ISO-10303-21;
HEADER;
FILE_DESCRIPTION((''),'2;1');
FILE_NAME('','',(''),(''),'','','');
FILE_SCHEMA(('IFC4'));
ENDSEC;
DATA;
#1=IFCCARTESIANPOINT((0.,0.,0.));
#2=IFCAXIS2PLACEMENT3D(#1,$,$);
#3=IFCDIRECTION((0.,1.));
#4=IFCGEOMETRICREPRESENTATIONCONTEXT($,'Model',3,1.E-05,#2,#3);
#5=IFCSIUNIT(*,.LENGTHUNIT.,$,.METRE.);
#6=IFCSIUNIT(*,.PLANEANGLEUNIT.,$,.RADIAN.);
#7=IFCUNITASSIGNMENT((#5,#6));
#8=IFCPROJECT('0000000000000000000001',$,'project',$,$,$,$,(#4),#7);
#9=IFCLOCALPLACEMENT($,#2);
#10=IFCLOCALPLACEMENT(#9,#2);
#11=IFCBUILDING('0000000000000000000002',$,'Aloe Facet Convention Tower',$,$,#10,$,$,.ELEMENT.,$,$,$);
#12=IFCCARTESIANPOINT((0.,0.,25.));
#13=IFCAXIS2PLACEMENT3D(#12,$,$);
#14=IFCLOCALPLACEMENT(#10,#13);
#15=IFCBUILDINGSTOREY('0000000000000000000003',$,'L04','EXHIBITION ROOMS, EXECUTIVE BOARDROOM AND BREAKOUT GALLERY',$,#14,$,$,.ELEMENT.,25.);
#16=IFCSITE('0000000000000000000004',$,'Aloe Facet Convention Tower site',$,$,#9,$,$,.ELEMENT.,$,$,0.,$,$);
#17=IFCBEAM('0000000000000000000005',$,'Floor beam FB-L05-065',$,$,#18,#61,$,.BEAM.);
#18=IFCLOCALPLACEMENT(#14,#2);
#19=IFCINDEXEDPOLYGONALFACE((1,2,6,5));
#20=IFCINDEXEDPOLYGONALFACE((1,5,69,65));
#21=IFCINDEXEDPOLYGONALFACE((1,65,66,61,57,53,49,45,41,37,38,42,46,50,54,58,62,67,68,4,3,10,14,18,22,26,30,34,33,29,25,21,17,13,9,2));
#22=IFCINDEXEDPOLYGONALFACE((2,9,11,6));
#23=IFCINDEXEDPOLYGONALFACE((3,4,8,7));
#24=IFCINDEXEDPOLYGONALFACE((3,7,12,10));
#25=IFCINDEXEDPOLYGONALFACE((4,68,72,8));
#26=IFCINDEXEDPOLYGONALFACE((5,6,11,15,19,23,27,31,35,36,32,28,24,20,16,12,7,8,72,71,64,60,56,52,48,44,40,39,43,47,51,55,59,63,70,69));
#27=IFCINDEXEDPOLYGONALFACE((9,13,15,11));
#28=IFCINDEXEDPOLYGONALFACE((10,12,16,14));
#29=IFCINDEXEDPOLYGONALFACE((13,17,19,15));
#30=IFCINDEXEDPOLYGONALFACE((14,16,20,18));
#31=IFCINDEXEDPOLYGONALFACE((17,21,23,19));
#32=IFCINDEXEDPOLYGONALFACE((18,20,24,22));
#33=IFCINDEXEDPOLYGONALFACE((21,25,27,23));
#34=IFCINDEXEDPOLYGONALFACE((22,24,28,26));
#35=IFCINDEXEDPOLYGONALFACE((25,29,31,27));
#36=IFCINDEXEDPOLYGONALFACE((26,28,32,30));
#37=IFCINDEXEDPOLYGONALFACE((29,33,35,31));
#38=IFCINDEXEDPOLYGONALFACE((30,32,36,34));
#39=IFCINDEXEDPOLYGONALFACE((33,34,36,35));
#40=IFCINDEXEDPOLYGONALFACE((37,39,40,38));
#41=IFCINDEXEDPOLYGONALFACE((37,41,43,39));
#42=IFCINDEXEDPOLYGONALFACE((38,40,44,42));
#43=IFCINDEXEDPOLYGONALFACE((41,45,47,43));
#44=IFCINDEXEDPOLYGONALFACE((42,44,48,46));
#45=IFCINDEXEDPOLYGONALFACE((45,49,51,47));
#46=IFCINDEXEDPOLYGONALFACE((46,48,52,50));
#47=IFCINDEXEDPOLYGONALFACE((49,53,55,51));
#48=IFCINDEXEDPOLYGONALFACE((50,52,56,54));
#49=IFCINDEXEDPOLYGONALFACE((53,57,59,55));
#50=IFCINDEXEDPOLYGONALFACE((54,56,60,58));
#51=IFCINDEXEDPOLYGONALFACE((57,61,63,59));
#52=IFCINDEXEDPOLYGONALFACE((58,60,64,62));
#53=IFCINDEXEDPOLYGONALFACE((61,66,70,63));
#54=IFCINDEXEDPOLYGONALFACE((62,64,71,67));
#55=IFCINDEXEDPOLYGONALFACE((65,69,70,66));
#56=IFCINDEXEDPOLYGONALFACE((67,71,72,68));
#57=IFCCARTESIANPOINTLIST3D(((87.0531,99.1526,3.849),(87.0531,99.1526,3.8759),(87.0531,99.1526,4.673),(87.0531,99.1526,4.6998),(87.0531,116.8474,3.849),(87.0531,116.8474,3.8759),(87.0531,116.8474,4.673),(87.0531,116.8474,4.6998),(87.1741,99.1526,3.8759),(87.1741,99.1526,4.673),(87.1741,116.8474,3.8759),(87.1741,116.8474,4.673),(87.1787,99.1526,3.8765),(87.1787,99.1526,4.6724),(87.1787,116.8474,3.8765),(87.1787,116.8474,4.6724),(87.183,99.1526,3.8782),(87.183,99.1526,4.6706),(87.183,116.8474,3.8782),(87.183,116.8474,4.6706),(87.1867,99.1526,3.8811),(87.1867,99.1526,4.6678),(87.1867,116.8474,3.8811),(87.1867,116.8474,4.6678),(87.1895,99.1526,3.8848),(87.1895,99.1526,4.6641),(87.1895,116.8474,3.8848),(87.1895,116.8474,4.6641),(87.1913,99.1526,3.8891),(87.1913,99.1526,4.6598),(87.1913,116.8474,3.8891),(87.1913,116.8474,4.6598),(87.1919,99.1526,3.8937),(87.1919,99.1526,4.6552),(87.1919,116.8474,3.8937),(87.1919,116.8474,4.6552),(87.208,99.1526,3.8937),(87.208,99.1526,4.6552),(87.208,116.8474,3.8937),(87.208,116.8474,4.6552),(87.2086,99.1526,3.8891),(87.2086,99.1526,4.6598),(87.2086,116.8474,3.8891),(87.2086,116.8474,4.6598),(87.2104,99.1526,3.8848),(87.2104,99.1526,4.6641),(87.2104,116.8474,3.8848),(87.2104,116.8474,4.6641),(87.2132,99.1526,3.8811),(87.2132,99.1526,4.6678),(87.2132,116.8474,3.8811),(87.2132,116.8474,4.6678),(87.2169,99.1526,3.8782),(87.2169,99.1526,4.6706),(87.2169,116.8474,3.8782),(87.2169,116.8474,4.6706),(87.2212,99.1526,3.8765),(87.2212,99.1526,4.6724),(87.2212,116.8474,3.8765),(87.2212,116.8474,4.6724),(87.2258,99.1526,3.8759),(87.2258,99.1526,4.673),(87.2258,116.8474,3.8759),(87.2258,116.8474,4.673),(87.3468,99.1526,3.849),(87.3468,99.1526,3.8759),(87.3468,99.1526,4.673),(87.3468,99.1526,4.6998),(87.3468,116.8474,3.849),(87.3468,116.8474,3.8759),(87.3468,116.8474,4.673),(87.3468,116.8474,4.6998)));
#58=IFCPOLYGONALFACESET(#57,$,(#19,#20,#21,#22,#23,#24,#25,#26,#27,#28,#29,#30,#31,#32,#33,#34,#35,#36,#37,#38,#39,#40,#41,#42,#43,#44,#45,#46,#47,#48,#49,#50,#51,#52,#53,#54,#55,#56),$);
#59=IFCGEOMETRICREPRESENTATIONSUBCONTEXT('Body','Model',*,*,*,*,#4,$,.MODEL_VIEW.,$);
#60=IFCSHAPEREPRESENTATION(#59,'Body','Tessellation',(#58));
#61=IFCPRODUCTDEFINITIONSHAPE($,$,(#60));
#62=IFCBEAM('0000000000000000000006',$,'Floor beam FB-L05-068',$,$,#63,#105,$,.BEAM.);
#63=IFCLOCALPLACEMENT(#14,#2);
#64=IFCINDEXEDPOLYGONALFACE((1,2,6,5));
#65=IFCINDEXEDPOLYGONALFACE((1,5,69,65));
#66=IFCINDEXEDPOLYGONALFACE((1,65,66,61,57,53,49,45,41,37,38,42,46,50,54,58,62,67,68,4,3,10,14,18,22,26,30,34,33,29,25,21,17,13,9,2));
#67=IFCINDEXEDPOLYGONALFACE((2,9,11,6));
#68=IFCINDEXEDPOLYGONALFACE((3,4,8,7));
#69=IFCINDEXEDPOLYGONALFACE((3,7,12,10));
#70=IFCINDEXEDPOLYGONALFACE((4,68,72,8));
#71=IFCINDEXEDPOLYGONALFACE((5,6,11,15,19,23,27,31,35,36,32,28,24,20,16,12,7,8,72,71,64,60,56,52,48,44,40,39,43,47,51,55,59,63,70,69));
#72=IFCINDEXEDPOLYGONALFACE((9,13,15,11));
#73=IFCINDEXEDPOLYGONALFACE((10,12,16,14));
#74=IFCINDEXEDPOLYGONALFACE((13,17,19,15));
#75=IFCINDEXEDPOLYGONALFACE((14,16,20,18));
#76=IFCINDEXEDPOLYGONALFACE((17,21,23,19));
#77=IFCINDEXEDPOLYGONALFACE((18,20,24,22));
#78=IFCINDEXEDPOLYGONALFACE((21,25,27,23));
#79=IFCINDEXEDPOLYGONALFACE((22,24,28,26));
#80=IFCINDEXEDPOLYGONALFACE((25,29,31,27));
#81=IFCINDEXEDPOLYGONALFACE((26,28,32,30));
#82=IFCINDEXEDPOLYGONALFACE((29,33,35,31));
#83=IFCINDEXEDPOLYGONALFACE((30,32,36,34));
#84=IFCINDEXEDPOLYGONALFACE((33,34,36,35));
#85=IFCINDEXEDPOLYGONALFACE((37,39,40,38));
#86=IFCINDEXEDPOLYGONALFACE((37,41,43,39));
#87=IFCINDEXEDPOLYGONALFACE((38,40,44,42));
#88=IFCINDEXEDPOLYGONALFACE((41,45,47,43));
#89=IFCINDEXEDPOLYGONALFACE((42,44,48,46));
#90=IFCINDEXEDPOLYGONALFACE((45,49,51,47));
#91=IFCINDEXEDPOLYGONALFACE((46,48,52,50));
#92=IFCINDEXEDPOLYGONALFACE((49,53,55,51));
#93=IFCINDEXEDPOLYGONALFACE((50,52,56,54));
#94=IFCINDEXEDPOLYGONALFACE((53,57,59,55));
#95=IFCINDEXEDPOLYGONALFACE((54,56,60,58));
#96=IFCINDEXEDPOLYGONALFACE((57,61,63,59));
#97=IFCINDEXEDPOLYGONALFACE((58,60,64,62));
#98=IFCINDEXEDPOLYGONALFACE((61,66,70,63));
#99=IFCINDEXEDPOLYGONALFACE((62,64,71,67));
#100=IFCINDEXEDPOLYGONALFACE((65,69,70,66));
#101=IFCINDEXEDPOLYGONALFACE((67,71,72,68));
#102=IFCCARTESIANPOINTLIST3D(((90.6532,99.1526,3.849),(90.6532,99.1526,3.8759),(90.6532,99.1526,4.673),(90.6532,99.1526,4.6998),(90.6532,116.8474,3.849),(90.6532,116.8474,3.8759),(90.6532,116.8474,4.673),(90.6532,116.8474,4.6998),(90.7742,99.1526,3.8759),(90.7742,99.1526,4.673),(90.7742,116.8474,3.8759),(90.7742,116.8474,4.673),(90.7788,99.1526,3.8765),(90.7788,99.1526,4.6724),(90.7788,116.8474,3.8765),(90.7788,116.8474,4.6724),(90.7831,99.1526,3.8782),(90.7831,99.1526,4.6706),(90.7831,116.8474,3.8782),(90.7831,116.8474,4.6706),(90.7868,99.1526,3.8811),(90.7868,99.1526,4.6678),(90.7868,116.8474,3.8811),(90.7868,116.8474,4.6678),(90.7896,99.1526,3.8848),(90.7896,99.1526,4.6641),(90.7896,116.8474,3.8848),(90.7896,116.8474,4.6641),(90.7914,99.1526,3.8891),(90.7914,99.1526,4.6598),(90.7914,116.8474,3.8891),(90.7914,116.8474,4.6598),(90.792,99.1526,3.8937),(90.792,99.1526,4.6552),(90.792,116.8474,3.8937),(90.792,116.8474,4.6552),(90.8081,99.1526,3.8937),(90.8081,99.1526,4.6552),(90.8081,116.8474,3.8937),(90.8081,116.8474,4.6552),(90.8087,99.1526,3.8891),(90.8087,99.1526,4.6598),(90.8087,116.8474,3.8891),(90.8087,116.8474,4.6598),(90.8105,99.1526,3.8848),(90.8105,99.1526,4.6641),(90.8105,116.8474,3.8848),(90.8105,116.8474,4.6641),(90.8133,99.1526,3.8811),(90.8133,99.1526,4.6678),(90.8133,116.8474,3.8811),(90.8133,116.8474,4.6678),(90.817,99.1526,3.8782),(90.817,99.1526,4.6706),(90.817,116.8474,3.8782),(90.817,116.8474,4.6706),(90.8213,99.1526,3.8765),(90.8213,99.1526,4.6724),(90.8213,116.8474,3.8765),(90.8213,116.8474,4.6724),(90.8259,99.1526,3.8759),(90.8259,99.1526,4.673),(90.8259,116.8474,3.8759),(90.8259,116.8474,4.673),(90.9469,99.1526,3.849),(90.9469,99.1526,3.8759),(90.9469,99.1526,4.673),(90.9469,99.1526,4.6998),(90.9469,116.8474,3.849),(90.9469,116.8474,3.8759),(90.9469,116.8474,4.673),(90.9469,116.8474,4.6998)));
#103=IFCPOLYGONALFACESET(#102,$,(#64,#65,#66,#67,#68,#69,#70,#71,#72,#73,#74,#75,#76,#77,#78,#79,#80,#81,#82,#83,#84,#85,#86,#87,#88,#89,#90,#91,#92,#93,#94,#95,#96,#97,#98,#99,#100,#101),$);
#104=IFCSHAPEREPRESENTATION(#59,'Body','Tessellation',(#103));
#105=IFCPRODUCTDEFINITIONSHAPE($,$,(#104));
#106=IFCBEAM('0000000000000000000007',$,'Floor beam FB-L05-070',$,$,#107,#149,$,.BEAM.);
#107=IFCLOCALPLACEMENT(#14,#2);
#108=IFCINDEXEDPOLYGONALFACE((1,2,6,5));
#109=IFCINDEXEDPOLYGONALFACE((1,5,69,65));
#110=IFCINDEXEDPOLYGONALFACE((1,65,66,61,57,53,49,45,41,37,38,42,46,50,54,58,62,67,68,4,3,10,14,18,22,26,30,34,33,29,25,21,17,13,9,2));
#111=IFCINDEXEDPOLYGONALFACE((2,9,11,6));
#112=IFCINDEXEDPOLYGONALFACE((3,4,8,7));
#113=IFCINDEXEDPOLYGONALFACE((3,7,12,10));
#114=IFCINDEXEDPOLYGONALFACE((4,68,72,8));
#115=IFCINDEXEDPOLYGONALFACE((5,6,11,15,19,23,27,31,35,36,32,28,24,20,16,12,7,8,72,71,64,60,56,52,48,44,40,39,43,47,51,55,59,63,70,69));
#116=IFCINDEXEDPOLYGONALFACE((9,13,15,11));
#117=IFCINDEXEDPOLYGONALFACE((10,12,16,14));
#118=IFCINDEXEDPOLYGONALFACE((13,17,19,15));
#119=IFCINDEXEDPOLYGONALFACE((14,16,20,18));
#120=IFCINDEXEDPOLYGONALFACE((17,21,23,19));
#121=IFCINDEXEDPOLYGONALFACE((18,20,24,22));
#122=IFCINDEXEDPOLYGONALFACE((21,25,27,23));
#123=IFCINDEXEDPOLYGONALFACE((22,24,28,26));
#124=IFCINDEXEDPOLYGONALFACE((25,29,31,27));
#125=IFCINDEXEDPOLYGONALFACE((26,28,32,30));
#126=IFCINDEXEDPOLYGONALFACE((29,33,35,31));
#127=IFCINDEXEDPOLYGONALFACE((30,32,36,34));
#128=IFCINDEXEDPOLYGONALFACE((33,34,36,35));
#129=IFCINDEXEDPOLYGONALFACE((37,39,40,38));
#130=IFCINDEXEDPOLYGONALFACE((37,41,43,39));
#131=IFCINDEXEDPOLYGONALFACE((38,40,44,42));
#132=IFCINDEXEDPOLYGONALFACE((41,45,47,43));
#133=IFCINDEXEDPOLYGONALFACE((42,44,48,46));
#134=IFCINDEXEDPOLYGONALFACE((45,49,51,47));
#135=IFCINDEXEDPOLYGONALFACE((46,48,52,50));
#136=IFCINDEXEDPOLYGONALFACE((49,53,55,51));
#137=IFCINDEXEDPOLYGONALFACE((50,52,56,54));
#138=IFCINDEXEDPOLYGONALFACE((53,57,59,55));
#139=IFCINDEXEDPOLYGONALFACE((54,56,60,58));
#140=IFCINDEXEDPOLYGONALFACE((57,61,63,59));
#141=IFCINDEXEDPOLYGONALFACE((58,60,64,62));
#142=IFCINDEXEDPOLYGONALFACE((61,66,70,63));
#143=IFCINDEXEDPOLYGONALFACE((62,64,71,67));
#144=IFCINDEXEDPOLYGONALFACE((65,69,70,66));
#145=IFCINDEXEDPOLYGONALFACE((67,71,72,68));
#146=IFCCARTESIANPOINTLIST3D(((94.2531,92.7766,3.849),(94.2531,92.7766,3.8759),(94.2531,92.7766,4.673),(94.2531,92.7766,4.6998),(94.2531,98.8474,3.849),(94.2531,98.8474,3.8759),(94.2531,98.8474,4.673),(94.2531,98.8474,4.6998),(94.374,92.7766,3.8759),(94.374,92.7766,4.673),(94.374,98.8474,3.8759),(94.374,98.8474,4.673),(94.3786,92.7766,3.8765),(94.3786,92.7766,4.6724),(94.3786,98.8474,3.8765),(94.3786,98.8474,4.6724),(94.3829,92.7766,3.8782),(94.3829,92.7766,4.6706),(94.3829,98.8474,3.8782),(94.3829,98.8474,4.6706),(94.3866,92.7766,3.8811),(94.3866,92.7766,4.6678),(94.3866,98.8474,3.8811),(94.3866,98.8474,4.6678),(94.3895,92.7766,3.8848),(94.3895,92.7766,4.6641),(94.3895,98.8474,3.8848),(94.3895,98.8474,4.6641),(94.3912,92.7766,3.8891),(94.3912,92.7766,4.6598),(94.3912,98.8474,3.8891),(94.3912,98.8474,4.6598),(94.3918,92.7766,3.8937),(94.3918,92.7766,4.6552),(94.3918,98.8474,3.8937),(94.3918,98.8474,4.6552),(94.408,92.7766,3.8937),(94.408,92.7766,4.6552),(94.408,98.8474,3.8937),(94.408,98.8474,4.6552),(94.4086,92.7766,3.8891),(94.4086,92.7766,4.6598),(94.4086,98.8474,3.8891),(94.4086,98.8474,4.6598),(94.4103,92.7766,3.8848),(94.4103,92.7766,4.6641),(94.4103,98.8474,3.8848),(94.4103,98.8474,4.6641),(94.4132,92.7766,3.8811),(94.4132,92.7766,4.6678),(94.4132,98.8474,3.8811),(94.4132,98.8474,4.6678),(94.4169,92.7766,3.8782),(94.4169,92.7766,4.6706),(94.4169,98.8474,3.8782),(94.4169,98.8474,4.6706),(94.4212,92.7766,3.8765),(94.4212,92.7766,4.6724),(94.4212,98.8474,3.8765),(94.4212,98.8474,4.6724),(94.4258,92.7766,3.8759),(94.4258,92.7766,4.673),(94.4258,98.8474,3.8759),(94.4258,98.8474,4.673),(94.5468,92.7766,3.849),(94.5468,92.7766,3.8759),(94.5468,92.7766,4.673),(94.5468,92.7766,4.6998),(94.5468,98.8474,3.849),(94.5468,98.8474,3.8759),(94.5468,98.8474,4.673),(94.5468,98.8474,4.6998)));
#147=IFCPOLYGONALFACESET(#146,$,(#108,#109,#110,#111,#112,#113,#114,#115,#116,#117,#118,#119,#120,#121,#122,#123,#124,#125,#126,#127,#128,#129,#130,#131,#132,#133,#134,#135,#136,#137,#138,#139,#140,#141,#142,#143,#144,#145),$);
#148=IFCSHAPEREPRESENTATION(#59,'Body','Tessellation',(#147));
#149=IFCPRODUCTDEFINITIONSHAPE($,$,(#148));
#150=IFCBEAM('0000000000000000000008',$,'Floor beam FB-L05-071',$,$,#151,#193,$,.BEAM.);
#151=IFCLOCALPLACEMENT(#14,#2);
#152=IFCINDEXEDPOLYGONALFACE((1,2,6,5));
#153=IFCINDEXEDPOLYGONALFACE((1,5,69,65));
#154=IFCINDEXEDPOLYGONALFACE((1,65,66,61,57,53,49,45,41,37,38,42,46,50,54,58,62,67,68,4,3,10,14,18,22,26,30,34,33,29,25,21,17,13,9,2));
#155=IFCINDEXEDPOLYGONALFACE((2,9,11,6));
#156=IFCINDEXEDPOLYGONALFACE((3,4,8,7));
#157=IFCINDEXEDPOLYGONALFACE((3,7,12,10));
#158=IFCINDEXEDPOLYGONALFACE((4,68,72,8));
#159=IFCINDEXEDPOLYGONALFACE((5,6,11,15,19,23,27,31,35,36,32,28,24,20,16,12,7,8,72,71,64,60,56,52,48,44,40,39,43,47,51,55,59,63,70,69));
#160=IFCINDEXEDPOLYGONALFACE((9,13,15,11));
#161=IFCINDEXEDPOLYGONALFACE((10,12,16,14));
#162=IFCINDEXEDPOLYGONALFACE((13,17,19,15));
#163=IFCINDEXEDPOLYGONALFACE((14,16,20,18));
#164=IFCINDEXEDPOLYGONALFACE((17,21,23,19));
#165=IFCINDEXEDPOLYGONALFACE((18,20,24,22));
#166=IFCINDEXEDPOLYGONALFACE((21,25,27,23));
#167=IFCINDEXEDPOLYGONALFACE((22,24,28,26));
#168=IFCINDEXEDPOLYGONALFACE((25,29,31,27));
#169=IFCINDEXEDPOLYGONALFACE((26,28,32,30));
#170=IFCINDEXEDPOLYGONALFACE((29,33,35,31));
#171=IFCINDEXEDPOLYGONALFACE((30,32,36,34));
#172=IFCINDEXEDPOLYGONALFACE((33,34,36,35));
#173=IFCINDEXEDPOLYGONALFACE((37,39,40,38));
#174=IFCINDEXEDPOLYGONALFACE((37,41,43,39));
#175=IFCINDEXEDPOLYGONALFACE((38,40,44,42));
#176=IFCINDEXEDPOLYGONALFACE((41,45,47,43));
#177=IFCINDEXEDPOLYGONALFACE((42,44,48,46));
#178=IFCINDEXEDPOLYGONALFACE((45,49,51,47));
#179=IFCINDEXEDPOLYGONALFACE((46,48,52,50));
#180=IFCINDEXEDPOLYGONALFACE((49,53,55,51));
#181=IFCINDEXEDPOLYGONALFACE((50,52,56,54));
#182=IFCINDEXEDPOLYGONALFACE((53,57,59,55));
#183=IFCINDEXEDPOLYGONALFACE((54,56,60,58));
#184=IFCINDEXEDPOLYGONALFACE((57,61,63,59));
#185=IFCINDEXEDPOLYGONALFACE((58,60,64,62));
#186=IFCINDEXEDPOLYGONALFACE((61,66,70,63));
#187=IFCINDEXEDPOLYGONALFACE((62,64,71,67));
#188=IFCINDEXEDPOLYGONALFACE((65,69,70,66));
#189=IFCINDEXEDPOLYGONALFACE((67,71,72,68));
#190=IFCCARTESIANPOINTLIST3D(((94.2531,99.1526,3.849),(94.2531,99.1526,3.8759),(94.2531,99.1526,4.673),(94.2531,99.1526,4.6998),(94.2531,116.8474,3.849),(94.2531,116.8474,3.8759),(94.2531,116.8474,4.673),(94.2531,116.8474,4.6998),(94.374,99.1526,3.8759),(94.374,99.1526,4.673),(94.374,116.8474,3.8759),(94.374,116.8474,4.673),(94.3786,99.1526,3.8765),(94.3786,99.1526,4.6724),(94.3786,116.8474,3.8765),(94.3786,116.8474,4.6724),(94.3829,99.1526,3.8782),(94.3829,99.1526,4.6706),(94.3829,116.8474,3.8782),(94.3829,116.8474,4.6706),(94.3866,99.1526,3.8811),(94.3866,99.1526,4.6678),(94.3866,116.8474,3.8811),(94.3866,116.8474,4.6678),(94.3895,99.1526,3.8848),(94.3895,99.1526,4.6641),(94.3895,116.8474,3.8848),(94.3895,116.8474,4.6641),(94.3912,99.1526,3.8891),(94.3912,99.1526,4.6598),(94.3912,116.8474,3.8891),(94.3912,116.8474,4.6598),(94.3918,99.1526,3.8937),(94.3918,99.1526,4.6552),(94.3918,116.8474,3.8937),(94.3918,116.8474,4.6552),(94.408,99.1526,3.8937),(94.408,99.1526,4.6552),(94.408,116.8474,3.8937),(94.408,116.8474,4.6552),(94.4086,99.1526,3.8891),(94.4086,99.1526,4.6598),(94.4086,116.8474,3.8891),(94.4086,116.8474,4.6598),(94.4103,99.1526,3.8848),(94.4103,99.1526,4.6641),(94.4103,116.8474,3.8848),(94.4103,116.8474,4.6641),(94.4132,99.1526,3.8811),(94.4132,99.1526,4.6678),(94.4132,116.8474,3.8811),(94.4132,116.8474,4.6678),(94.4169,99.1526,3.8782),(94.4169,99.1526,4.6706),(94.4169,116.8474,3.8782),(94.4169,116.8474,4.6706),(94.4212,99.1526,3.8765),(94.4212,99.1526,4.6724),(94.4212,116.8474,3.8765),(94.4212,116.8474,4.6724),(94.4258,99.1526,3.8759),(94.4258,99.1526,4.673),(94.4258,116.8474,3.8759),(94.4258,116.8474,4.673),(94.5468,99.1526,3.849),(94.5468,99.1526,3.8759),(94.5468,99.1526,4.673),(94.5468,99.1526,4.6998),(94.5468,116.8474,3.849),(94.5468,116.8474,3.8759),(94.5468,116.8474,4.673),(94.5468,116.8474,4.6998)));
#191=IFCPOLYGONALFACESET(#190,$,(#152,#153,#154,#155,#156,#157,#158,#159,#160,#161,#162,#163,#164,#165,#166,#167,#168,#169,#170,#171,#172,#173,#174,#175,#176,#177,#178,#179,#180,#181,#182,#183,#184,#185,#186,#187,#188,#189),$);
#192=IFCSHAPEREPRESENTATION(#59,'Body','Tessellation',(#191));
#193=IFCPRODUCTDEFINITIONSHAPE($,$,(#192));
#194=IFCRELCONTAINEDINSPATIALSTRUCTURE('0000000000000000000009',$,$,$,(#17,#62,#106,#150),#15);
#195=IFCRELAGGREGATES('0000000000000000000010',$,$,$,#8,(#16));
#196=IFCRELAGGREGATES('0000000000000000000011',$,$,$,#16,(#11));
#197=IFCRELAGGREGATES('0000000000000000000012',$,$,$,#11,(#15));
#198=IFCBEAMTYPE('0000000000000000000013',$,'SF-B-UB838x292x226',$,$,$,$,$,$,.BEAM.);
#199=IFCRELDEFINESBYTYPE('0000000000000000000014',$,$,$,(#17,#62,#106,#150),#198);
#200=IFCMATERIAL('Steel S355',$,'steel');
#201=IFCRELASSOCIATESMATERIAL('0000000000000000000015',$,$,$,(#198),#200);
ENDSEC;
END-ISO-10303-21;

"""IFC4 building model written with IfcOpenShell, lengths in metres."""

from ifc_helpers import new_model, si_unit, direction, frame, origin, origin_2d, place, context, subcontext, project, spatial, i_section, extrude, material, material_profile, profile_set, type_object, element, save


model = new_model("IFC4")

# Units and contexts
model_context = context("Model", 3, precision=1e-05, world=origin(), true_north=direction((0.0, 1.0)))
body_context = subcontext(model_context, "Body", "Model", "MODEL_VIEW")
ifc_project = project(units=[si_unit("LENGTHUNIT", "METRE"), si_unit("PLANEANGLEUNIT", "RADIAN")], contexts=[model_context])

# Site, building, storey
site_placement = place(None, origin())
site = spatial("IfcSite", under=ifc_project, at=site_placement, Name="Aloe Facet Convention Tower site", CompositionType="ELEMENT", RefElevation=0.0)
building_placement = place(site_placement, origin())
building = spatial("IfcBuilding", under=site, at=building_placement, Name="Aloe Facet Convention Tower", CompositionType="ELEMENT")
storey_placement = place(building_placement, frame((0.0, 0.0, 25.0)))
storey = spatial("IfcBuildingStorey", under=building, at=storey_placement, Name="L04", Description="EXHIBITION ROOMS, EXECUTIVE BOARDROOM AND BREAKOUT GALLERY", CompositionType="ELEMENT", Elevation=25.0)

# Beams
ifc_material_1 = material(Name="Steel S355", Category="steel")
ifc_material_profile_1 = material_profile(ifc_material_1, i_section(OverallWidth=0.2937, OverallDepth=0.8508, WebThickness=0.0161, FlangeThickness=0.0269, FilletRadius=0.0178, at=origin_2d()), Name="UB 838x292x226")
ifc_profile_set_1 = profile_set([ifc_material_profile_1], Name="Steel S355")
beam_type_1 = type_object("IfcBeamType", Name="SF-B-UB838x292x226", PredefinedType="BEAM", material=ifc_profile_set_1)
for number, where, z_axis, x_axis, name in (
    (1, (87.2, 99.1526, 4.2744), (0.0, 1.0, 0.0), (-1.0, 0.0, 0.0), "Floor beam FB-L05-065"),
    (2, (90.8, 99.1526, 4.2744), (0.0, 1.0, 0.0), (-1.0, 0.0, 0.0), "Floor beam FB-L05-068"),
):
    element("IfcBeam", number, at=place(storey_placement, frame(where, z_axis=z_axis, x_axis=x_axis)), inside=storey, type_object=beam_type_1, Name=name, PredefinedType="BEAM", context=body_context, shape_type="SweptSolid", body=[
        extrude(i_section(OverallWidth=0.2937, OverallDepth=0.8508, WebThickness=0.0161, FlangeThickness=0.0269, FilletRadius=0.0178, at=origin_2d()), origin(), (0.0, 0.0, 1.0), 17.6948),
    ])
beam_1_placement = place(storey_placement, frame((94.3999, 92.7766, 4.2744), z_axis=(0.0, 1.0, 0.0), x_axis=(-1.0, 0.0, 0.0)))
element("IfcBeam", 3, at=beam_1_placement, inside=storey, type_object=beam_type_1, Name="Floor beam FB-L05-070", PredefinedType="BEAM", context=body_context, shape_type="SweptSolid", body=[
    extrude(i_section(OverallWidth=0.2937, OverallDepth=0.8508, WebThickness=0.0161, FlangeThickness=0.0269, FilletRadius=0.0178, at=origin_2d()), origin(), (0.0, 0.0, 1.0), 6.0708),
])
beam_2_placement = place(storey_placement, frame((94.3999, 99.1526, 4.2744), z_axis=(0.0, 1.0, 0.0), x_axis=(-1.0, 0.0, 0.0)))
element("IfcBeam", 4, at=beam_2_placement, inside=storey, type_object=beam_type_1, Name="Floor beam FB-L05-071", PredefinedType="BEAM", context=body_context, shape_type="SweptSolid", body=[
    extrude(i_section(OverallWidth=0.2937, OverallDepth=0.8508, WebThickness=0.0161, FlangeThickness=0.0269, FilletRadius=0.0178, at=origin_2d()), origin(), (0.0, 0.0, 1.0), 17.6948),
])

save(model, "model.ifc")
